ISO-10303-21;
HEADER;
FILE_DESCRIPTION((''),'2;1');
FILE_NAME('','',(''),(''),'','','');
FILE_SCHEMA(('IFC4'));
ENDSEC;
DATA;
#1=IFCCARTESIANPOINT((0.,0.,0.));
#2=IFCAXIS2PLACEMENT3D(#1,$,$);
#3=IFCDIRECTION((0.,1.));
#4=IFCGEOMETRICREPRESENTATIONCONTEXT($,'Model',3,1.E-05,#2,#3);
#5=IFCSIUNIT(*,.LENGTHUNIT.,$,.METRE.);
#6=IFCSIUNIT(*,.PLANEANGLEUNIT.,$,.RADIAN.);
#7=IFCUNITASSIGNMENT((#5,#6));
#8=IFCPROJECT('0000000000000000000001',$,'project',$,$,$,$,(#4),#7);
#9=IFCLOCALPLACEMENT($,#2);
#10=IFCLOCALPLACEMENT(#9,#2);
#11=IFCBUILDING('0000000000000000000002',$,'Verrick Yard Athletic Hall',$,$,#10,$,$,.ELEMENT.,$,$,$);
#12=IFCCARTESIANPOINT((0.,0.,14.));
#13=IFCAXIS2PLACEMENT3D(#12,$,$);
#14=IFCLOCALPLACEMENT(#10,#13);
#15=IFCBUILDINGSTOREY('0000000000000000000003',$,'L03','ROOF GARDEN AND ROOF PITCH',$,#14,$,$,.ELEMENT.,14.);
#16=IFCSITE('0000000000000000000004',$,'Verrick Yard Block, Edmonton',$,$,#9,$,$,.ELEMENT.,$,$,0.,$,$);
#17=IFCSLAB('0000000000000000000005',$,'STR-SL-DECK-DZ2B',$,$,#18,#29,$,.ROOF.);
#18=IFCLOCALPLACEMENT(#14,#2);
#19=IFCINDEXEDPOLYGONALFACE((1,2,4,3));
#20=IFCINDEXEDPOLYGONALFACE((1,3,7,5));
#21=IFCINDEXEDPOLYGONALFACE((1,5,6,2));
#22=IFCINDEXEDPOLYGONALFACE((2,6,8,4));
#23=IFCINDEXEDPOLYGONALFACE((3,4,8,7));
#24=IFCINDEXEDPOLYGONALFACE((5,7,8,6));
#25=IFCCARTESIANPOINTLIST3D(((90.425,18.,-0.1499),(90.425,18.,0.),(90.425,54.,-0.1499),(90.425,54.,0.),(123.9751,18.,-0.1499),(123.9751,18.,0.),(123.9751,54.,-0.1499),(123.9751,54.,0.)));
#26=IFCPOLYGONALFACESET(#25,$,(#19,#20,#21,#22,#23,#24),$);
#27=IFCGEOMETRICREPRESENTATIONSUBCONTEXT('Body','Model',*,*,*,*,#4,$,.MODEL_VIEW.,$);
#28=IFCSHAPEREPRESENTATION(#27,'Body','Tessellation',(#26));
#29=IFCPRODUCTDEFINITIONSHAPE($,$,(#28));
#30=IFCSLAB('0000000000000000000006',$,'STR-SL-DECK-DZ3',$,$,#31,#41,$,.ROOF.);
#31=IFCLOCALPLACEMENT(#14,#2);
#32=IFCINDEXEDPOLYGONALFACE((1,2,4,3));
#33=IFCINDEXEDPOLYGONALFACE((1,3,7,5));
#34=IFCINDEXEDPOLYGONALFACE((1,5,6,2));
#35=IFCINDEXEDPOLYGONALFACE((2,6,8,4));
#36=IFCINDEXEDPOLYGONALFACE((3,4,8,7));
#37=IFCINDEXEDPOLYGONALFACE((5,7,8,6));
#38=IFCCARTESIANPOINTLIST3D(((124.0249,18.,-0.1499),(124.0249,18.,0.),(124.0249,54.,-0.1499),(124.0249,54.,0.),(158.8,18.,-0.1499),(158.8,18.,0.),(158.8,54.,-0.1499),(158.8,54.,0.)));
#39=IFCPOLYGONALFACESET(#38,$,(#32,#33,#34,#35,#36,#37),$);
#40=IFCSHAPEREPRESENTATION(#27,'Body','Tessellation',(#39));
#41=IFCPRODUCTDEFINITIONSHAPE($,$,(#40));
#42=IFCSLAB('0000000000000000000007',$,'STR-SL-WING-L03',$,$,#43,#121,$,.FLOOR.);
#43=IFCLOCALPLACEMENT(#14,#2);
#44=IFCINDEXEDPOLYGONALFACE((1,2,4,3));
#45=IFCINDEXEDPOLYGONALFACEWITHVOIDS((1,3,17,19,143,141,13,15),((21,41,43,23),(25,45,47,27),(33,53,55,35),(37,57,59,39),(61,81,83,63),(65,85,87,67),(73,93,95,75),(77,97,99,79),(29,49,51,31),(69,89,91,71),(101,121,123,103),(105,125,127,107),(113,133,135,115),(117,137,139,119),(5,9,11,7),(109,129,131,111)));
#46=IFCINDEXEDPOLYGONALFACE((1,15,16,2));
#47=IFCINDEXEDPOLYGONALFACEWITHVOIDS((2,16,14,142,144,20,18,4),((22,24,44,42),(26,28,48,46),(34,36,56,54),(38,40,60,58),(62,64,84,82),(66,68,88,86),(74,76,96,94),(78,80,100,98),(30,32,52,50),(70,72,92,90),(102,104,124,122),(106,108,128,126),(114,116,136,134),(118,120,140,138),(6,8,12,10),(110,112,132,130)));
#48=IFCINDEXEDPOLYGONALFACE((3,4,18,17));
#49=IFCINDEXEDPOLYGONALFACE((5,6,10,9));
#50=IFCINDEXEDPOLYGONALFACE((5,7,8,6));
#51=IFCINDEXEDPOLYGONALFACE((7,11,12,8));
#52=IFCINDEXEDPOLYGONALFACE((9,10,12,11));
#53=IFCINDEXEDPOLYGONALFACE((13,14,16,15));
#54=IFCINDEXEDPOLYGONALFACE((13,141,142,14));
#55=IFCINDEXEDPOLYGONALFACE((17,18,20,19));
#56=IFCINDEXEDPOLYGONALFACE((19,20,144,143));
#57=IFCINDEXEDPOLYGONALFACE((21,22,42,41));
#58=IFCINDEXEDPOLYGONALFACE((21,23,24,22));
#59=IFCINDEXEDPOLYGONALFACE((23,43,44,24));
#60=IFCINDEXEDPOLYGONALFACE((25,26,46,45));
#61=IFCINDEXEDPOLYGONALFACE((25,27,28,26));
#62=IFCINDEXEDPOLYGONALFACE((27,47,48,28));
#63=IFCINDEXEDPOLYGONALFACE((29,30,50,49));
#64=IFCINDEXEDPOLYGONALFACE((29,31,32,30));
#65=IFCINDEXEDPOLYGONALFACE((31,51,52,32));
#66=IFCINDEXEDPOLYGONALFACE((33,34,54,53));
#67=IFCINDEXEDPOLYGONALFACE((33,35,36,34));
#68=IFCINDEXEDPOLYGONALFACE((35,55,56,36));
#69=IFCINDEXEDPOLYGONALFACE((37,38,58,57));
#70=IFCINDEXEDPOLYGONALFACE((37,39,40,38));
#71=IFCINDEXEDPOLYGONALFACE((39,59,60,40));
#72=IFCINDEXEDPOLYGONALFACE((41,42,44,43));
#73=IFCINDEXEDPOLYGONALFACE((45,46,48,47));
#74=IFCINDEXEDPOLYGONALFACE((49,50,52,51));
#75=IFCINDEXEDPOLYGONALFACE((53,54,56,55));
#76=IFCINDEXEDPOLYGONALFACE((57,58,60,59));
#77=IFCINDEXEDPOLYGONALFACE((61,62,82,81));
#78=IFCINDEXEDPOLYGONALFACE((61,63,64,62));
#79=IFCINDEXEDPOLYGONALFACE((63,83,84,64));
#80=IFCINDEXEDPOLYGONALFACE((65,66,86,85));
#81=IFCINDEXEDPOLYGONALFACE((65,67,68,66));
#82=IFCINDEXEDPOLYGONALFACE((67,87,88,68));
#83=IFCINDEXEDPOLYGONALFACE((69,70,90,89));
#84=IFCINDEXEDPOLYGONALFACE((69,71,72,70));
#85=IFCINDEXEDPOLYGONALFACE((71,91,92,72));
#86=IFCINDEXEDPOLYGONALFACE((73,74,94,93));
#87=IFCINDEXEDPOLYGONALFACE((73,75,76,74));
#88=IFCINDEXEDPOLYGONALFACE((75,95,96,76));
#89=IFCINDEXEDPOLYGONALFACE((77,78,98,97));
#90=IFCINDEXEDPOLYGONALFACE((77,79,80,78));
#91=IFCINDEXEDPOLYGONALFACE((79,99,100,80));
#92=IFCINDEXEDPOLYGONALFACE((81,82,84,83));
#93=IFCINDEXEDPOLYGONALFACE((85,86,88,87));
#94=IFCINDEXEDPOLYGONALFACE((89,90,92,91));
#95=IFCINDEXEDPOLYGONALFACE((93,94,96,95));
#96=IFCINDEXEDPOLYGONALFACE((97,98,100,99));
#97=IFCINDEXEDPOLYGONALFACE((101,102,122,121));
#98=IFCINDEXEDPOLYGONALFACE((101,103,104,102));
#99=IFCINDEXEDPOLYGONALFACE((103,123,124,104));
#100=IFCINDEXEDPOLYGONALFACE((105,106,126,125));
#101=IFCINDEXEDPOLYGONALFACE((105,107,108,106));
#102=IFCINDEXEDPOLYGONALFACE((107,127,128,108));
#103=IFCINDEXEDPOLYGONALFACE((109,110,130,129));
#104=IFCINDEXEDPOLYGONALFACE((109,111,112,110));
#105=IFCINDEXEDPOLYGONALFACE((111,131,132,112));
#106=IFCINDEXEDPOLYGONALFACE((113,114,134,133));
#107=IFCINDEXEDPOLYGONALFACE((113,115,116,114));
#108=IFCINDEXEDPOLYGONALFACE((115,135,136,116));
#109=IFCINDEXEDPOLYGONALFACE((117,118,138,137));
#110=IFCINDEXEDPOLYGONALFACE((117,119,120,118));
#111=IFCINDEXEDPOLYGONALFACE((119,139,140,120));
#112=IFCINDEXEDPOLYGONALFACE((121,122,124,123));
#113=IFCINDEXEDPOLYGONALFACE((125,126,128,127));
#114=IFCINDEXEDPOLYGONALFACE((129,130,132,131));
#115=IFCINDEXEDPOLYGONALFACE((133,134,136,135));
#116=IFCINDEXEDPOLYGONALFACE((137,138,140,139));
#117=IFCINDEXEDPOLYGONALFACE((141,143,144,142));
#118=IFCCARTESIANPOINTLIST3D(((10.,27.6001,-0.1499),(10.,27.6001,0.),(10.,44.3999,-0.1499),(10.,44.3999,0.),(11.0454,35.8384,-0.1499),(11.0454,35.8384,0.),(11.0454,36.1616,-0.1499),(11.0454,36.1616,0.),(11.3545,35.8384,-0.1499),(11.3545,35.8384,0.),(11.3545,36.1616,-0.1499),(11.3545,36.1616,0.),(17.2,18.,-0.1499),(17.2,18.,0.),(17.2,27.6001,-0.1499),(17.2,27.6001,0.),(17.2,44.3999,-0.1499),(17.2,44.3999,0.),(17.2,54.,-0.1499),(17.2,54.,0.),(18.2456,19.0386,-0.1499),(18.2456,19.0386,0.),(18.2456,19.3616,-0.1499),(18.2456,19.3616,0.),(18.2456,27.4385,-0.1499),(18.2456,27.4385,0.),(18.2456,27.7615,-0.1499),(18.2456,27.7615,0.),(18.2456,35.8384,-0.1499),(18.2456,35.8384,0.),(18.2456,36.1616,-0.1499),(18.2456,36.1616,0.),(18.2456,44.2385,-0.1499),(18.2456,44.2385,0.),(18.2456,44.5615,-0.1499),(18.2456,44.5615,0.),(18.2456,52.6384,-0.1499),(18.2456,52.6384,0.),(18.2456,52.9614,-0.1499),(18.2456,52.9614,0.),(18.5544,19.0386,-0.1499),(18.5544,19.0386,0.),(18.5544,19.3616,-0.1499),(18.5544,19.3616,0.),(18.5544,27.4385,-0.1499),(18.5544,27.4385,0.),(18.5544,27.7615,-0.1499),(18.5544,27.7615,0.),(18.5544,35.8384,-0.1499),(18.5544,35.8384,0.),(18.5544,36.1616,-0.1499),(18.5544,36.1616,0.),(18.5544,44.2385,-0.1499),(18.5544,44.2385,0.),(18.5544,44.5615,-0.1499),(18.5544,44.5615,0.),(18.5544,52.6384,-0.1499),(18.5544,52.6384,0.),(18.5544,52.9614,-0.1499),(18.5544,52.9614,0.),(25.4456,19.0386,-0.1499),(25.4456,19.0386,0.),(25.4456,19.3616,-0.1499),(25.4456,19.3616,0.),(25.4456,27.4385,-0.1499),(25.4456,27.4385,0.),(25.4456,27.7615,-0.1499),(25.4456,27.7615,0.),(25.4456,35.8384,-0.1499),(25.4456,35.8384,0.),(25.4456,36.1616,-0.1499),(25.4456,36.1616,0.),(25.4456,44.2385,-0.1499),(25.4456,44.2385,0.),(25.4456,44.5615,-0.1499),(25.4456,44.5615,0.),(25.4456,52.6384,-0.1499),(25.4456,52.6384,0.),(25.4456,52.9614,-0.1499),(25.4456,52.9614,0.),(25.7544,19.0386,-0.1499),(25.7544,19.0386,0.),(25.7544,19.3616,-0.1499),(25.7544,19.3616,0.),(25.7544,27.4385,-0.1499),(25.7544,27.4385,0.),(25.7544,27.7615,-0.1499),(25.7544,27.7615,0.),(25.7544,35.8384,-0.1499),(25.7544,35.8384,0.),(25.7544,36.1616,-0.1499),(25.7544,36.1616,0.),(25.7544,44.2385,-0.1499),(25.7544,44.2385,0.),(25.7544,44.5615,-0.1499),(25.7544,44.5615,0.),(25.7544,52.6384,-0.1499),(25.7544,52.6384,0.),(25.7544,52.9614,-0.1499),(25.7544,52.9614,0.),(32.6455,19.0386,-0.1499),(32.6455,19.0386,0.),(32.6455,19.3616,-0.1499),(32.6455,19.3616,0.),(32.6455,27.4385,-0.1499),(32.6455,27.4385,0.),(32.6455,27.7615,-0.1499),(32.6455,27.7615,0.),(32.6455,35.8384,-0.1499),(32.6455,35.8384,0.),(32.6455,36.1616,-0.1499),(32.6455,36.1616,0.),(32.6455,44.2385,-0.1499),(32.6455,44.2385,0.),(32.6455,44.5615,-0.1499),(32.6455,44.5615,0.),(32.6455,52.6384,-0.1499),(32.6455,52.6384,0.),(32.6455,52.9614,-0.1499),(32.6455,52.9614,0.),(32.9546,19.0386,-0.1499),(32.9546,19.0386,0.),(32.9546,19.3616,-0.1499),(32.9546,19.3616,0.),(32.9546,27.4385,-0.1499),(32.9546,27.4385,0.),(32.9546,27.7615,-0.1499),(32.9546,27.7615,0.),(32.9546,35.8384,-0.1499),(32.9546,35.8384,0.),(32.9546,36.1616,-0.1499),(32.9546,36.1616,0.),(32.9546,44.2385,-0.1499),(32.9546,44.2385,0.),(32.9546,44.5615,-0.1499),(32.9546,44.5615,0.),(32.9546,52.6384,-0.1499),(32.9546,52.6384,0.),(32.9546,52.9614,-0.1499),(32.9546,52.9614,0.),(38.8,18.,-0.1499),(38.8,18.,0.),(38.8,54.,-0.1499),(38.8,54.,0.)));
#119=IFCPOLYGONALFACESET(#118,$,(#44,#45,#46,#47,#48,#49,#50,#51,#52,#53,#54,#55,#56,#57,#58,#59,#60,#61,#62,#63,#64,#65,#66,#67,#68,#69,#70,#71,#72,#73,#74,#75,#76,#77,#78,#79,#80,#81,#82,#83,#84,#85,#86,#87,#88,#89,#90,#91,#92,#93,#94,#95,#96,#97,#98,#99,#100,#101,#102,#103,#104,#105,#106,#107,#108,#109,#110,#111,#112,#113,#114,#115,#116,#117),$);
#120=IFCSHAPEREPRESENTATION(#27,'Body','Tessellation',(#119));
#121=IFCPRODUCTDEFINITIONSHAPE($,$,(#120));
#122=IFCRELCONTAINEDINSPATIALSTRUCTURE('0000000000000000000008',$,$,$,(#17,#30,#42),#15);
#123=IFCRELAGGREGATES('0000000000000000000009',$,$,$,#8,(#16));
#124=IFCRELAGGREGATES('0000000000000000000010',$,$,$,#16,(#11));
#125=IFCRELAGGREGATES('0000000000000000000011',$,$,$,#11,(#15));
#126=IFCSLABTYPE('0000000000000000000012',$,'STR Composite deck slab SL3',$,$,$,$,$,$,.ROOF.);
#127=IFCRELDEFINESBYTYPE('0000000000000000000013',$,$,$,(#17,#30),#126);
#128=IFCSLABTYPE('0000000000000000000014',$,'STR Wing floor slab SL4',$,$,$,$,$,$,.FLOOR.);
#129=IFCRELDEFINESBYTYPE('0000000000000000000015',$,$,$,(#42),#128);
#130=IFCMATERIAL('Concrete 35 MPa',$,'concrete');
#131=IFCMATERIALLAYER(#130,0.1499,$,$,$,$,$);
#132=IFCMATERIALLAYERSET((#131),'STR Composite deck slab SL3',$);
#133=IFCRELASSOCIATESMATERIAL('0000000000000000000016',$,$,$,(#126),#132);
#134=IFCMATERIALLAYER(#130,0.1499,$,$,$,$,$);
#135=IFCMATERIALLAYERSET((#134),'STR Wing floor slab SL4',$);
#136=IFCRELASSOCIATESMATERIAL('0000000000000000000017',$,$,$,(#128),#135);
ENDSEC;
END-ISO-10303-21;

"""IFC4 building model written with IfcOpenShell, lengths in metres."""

from ifc_helpers import new_model, si_unit, direction, frame, origin, place, context, subcontext, project, spatial, polyline, outline, extrude, material, layer, layer_set, type_object, element, save


model = new_model("IFC4")

# Units and contexts
model_context = context("Model", 3, precision=1e-05, world=origin(), true_north=direction((0.0, 1.0)))
body_context = subcontext(model_context, "Body", "Model", "MODEL_VIEW")
ifc_project = project(units=[si_unit("LENGTHUNIT", "METRE"), si_unit("PLANEANGLEUNIT", "RADIAN")], contexts=[model_context])

# Site, building, storey
site_placement = place(None, origin())
site = spatial("IfcSite", under=ifc_project, at=site_placement, Name="Verrick Yard Block, Edmonton", CompositionType="ELEMENT", RefElevation=0.0)
building_placement = place(site_placement, origin())
building = spatial("IfcBuilding", under=site, at=building_placement, Name="Verrick Yard Athletic Hall", CompositionType="ELEMENT")
storey_placement = place(building_placement, frame((0.0, 0.0, 14.0)))
storey = spatial("IfcBuildingStorey", under=building, at=storey_placement, Name="L03", Description="ROOF GARDEN AND ROOF PITCH", CompositionType="ELEMENT", Elevation=14.0)

# Slabs
ifc_material_1 = material(Name="Concrete 35 MPa", Category="concrete")
ifc_layer_1 = layer(ifc_material_1, 0.1499)
ifc_layer_set_1 = layer_set([ifc_layer_1], Name="STR Composite deck slab SL3")
slab_type_1 = type_object("IfcSlabType", Name="STR Composite deck slab SL3", PredefinedType="ROOF", material=ifc_layer_set_1)
slab_1_placement = place(storey_placement, frame((0.0, 0.0, -0.1499)))
element("IfcSlab", 1, at=slab_1_placement, inside=storey, type_object=slab_type_1, Name="STR-SL-DECK-DZ2B", PredefinedType="ROOF", context=body_context, shape_type="SweptSolid", body=[
    extrude(outline(polyline([(123.9751, 54.0), (90.425, 54.0), (90.425, 18.0), (123.9751, 18.0), (123.9751, 54.0)])), origin(), (0.0, 0.0, 1.0), 0.1499),
])
slab_2_placement = place(storey_placement, frame((0.0, 0.0, -0.1499)))
element("IfcSlab", 2, at=slab_2_placement, inside=storey, type_object=slab_type_1, Name="STR-SL-DECK-DZ3", PredefinedType="ROOF", context=body_context, shape_type="SweptSolid", body=[
    extrude(outline(polyline([(158.8, 54.0), (124.0249, 54.0), (124.0249, 18.0), (158.8, 18.0), (158.8, 54.0)])), origin(), (0.0, 0.0, 1.0), 0.1499),
])
ifc_layer_2 = layer(ifc_material_1, 0.1499)
ifc_layer_set_2 = layer_set([ifc_layer_2], Name="STR Wing floor slab SL4")
slab_type_2 = type_object("IfcSlabType", Name="STR Wing floor slab SL4", PredefinedType="FLOOR", material=ifc_layer_set_2)
slab_3_placement = place(storey_placement, frame((0.0, 0.0, -0.1499)))
element("IfcSlab", 3, at=slab_3_placement, inside=storey, type_object=slab_type_2, Name="STR-SL-WING-L03", PredefinedType="FLOOR", context=body_context, shape_type="SweptSolid", body=[
    extrude(outline(polyline([(38.8, 54.0), (17.2, 54.0), (17.2, 44.3999), (10.0, 44.3999), (10.0, 27.6001), (17.2, 27.6001), (17.2, 18.0), (38.8, 18.0), (38.8, 54.0)]), holes=[polyline([(18.5544, 19.3616), (18.5544, 19.0386), (18.2456, 19.0386), (18.2456, 19.3616), (18.5544, 19.3616)]), polyline([(18.5544, 27.7615), (18.5544, 27.4385), (18.2456, 27.4385), (18.2456, 27.7615), (18.5544, 27.7615)]), polyline([(11.3545, 35.8384), (11.0454, 35.8384), (11.0454, 36.1616), (11.3545, 36.1616), (11.3545, 35.8384)]), polyline([(18.5544, 35.8384), (18.2456, 35.8384), (18.2456, 36.1616), (18.5544, 36.1616), (18.5544, 35.8384)]), polyline([(25.7544, 36.1616), (25.7544, 35.8384), (25.4456, 35.8384), (25.4456, 36.1616), (25.7544, 36.1616)]), polyline([(18.5544, 44.5615), (18.5544, 44.2385), (18.2456, 44.2385), (18.2456, 44.5615), (18.5544, 44.5615)]), polyline([(25.7544, 44.5615), (25.7544, 44.2385), (25.4456, 44.2385), (25.4456, 44.5615), (25.7544, 44.5615)]), polyline([(18.5544, 52.6384), (18.2456, 52.6384), (18.2456, 52.9614), (18.5544, 52.9614), (18.5544, 52.6384)]), polyline([(25.7544, 52.9614), (25.7544, 52.6384), (25.4456, 52.6384), (25.4456, 52.9614), (25.7544, 52.9614)]), polyline([(25.7544, 19.3616), (25.7544, 19.0386), (25.4456, 19.0386), (25.4456, 19.3616), (25.7544, 19.3616)]), polyline([(32.9546, 19.3616), (32.9546, 19.0386), (32.6455, 19.0386), (32.6455, 19.3616), (32.9546, 19.3616)]), polyline([(25.7544, 27.4385), (25.4456, 27.4385), (25.4456, 27.7615), (25.7544, 27.7615), (25.7544, 27.4385)]), polyline([(32.9546, 27.7615), (32.9546, 27.4385), (32.6455, 27.4385), (32.6455, 27.7615), (32.9546, 27.7615)]), polyline([(32.9546, 35.8384), (32.6455, 35.8384), (32.6455, 36.1616), (32.9546, 36.1616), (32.9546, 35.8384)]), polyline([(32.9546, 44.5615), (32.9546, 44.2385), (32.6455, 44.2385), (32.6455, 44.5615), (32.9546, 44.5615)]), polyline([(32.9546, 52.6384), (32.6455, 52.6384), (32.6455, 52.9614), (32.9546, 52.9614), (32.9546, 52.6384)])]), origin(), (0.0, 0.0, 1.0), 0.1499),
])

save(model, "model.ifc")
